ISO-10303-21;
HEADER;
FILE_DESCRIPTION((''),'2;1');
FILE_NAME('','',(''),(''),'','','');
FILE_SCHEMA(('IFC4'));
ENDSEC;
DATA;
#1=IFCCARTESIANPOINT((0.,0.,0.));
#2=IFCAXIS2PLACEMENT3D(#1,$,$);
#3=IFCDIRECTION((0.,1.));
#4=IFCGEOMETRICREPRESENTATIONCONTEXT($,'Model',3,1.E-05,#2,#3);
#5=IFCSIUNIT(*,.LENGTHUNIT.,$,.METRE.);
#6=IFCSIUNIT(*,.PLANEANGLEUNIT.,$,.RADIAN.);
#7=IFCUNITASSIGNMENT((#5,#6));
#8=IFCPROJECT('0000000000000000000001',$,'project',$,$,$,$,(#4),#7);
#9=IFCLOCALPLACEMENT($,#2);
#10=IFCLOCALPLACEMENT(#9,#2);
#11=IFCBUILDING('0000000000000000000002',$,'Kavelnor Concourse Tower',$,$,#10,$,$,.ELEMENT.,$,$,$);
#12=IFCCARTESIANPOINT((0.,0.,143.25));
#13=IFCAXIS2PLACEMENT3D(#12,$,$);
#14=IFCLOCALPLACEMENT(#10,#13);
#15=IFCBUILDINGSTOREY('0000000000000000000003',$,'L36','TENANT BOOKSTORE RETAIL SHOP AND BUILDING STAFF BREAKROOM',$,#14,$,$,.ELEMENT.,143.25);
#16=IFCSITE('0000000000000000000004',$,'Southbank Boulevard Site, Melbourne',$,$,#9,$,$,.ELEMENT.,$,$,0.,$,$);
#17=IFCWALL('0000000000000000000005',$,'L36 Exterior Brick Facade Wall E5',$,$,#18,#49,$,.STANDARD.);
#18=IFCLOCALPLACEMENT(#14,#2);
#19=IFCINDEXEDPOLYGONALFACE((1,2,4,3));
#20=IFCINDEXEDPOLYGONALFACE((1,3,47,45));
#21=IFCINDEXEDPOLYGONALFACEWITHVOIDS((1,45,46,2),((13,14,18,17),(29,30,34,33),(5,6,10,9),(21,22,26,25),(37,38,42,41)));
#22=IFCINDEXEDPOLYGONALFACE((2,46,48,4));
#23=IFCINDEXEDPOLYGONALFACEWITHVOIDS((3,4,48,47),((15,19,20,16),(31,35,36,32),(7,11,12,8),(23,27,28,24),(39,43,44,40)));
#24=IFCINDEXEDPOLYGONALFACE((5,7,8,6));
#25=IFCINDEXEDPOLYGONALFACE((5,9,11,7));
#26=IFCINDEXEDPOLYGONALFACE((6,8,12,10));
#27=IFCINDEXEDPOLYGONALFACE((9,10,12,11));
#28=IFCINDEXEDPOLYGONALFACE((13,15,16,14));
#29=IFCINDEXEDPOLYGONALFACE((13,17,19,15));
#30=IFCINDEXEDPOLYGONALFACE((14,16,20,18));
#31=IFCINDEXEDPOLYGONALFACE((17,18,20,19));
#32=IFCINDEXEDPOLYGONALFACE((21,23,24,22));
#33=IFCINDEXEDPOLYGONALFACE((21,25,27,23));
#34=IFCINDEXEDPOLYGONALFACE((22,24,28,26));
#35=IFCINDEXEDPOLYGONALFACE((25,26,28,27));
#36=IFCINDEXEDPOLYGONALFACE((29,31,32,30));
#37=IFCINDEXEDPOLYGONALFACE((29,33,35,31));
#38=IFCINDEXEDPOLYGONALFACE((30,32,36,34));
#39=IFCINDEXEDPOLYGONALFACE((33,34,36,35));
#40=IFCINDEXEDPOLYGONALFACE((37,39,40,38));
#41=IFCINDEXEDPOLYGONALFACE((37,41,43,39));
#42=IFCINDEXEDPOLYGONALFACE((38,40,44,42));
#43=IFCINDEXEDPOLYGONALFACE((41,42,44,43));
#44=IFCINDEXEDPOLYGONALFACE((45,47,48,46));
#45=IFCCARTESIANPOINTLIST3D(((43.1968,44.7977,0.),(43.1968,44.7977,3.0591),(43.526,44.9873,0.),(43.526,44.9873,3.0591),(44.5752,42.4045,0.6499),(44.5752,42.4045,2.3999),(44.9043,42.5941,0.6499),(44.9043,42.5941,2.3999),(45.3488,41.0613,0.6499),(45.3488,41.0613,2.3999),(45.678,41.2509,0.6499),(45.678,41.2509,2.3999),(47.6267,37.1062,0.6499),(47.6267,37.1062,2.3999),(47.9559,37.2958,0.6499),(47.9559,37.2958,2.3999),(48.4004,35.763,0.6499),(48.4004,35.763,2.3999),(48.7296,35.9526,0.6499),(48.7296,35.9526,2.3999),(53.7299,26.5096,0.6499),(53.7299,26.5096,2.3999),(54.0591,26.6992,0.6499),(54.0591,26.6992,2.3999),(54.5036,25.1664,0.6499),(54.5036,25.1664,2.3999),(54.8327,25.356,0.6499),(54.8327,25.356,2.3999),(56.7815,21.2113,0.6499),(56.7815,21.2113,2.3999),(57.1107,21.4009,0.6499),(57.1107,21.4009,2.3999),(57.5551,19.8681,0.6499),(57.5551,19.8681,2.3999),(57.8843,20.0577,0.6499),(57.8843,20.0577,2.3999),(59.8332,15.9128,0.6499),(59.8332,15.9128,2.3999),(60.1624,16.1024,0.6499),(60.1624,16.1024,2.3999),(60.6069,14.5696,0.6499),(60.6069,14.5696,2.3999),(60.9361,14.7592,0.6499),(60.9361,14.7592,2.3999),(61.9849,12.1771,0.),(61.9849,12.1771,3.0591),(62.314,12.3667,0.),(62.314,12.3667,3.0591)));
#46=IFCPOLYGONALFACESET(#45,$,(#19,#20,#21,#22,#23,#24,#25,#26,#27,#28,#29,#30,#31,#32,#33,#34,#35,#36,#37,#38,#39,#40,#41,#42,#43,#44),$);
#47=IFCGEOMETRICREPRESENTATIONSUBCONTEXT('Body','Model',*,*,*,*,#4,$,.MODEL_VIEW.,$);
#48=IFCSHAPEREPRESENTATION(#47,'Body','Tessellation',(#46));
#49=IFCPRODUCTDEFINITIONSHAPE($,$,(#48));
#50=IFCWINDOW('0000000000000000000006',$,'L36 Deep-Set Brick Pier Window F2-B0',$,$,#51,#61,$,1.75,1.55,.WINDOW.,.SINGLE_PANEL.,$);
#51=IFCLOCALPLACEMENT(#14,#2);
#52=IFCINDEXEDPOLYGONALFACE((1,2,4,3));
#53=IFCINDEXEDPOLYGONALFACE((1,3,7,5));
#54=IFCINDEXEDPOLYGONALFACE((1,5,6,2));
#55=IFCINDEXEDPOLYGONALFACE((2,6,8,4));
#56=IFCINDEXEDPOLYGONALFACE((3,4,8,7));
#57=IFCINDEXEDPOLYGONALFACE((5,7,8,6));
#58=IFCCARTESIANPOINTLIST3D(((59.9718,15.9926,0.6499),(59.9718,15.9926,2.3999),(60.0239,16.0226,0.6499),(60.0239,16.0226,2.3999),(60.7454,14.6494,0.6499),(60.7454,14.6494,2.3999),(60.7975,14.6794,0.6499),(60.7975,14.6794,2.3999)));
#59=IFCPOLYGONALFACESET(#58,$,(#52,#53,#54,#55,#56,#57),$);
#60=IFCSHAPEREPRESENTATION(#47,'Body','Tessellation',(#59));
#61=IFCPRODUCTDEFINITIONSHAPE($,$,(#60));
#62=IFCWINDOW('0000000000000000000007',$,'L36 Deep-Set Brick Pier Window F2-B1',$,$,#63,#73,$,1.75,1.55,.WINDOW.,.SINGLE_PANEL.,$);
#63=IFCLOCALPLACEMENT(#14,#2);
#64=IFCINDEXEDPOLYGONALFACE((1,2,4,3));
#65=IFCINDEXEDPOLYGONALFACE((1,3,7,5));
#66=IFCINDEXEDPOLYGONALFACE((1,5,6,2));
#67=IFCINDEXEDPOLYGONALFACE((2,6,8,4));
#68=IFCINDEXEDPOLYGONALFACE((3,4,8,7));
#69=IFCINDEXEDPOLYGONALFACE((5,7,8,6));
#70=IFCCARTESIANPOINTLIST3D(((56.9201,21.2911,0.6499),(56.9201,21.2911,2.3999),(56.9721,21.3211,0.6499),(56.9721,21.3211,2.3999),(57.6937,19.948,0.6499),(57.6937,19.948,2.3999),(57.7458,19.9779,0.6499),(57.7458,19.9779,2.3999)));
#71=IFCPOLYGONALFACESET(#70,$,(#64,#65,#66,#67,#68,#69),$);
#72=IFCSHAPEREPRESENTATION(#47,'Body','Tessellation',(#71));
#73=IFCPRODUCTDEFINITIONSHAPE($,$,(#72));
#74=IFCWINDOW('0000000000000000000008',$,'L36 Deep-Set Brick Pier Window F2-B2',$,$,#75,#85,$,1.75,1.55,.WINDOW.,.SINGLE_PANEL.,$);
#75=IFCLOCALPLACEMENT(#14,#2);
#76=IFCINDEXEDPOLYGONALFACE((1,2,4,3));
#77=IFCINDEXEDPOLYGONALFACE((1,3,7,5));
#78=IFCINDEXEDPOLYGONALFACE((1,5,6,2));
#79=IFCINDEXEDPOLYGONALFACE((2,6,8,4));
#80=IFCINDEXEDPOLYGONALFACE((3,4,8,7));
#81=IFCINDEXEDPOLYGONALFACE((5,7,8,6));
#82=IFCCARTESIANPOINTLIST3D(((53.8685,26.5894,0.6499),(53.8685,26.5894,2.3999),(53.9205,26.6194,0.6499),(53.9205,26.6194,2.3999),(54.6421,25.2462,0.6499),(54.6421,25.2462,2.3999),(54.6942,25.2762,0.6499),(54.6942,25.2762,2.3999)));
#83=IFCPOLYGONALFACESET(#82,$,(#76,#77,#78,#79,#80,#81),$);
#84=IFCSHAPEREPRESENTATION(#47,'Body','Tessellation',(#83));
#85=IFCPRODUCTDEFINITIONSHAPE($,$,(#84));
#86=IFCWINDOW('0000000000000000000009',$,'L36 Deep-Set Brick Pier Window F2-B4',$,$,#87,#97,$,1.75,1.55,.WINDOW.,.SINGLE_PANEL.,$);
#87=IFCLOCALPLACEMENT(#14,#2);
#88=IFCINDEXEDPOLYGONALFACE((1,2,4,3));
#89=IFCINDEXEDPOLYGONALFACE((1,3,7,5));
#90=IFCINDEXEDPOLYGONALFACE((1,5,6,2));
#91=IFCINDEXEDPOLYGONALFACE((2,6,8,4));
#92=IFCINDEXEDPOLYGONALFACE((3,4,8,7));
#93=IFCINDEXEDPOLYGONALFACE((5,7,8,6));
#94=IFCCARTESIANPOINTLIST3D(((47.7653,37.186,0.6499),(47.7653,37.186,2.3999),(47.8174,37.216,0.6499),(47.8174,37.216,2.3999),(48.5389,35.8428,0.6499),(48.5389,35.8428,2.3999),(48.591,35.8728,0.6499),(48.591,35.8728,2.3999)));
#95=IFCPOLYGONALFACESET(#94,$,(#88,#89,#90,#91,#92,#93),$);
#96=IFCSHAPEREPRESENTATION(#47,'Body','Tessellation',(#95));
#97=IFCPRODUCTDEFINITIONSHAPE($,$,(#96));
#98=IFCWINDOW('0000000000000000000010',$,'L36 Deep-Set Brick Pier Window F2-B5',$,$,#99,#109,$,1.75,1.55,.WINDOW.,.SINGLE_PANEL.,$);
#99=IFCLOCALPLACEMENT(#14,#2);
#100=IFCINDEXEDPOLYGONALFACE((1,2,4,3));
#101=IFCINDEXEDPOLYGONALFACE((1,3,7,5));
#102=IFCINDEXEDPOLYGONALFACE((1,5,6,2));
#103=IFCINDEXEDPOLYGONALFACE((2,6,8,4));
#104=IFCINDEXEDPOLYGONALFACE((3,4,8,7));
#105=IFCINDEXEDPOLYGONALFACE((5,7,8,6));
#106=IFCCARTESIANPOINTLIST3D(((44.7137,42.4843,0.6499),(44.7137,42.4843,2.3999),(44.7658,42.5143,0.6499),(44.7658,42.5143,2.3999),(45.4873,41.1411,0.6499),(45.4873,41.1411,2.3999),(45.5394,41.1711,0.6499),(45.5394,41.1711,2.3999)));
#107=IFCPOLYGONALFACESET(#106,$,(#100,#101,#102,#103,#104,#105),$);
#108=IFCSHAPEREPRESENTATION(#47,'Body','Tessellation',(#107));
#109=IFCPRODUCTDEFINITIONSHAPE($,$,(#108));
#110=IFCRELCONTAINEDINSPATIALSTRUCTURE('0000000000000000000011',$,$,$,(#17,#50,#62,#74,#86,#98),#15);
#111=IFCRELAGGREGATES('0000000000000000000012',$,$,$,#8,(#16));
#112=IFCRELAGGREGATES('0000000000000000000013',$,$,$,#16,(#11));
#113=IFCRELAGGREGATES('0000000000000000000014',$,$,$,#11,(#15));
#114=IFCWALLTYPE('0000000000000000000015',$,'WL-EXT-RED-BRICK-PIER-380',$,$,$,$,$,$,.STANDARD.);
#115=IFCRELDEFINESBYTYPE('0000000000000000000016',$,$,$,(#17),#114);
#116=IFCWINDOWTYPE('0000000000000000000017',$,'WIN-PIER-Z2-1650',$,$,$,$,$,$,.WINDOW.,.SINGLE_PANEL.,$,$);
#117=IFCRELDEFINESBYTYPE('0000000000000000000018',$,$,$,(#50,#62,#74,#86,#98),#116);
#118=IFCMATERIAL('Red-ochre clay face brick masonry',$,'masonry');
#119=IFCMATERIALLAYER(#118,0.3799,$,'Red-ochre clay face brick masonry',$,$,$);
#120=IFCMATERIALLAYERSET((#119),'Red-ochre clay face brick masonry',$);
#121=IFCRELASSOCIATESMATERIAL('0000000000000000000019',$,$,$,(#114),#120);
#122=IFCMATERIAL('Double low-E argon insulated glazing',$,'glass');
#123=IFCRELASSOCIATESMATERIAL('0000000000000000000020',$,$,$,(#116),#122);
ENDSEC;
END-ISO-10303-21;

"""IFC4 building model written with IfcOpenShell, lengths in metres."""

from ifc_helpers import new_model, si_unit, direction, frame, frame_2d, origin, place, context, subcontext, project, spatial, rectangle, extrude, material, layer, layer_set, type_object, element, fill, save


model = new_model("IFC4")

# Units and contexts
model_context = context("Model", 3, precision=1e-05, world=origin(), true_north=direction((0.0, 1.0)))
body_context = subcontext(model_context, "Body", "Model", "MODEL_VIEW")
ifc_project = project(units=[si_unit("LENGTHUNIT", "METRE"), si_unit("PLANEANGLEUNIT", "RADIAN")], contexts=[model_context])

# Site, building, storey
site_placement = place(None, origin())
site = spatial("IfcSite", under=ifc_project, at=site_placement, Name="Southbank Boulevard Site, Melbourne", CompositionType="ELEMENT", RefElevation=0.0)
building_placement = place(site_placement, origin())
building = spatial("IfcBuilding", under=site, at=building_placement, Name="Kavelnor Concourse Tower", CompositionType="ELEMENT")
storey_placement = place(building_placement, frame((0.0, 0.0, 143.25)))
storey = spatial("IfcBuildingStorey", under=building, at=storey_placement, Name="L36", Description="TENANT BOOKSTORE RETAIL SHOP AND BUILDING STAFF BREAKROOM", CompositionType="ELEMENT", Elevation=143.25)

# Wall, openings, windows
ifc_material_1 = material(Name="Red-ochre clay face brick masonry", Category="masonry")
ifc_layer_1 = layer(ifc_material_1, 0.3799, Name="Red-ochre clay face brick masonry")
ifc_layer_set_1 = layer_set([ifc_layer_1], Name="Red-ochre clay face brick masonry")
wall_type = type_object("IfcWallType", Name="WL-EXT-RED-BRICK-PIER-380", PredefinedType="STANDARD", material=ifc_layer_set_1)
wall_placement = place(storey_placement, frame((43.3613, 44.8926, 0.0), z_axis=(0.0, 0.0, 1.0), x_axis=(0.499095, -0.866547, 0.0)))
wall = element("IfcWall", 1, at=wall_placement, inside=storey, type_object=wall_type, Name="L36 Exterior Brick Facade Wall E5", PredefinedType="STANDARD", context=body_context, shape_type="SweptSolid", body=[
    extrude(rectangle(XDim=37.6443, YDim=0.3799, at=frame_2d((18.8223, 0.0))), origin(), (0.0, 0.0, 1.0), 3.0591),
])
opening_1_placement = place(wall_placement, frame((33.3335, 0.0, 0.6499)))
opening_1 = element("IfcOpeningElement", 2, at=opening_1_placement, cuts=wall, PredefinedType="OPENING", context=body_context, shape_type="SweptSolid", body=[
    extrude(rectangle(XDim=1.55, YDim=1.75, at=frame_2d((0.7749, 0.875))), frame((0.0, 0.2, 0.0), z_axis=(0.0, -1.0, 0.0), x_axis=(1.0, 0.0, 0.0)), (0.0, 0.0, 1.0), 0.3999),
])
opening_2_placement = place(wall_placement, frame((27.219, 0.0, 0.6499)))
opening_2 = element("IfcOpeningElement", 3, at=opening_2_placement, cuts=wall, PredefinedType="OPENING", context=body_context, shape_type="SweptSolid", body=[
    extrude(rectangle(XDim=1.55, YDim=1.75, at=frame_2d((0.7749, 0.875))), frame((0.0, 0.2, 0.0), z_axis=(0.0, -1.0, 0.0), x_axis=(1.0, 0.0, 0.0)), (0.0, 0.0, 1.0), 0.3999),
])
opening_3_placement = place(wall_placement, frame((21.1047, 0.0, 0.6499)))
opening_3 = element("IfcOpeningElement", 4, at=opening_3_placement, cuts=wall, PredefinedType="OPENING", context=body_context, shape_type="SweptSolid", body=[
    extrude(rectangle(XDim=1.55, YDim=1.75, at=frame_2d((0.7749, 0.875))), frame((0.0, 0.2, 0.0), z_axis=(0.0, -1.0, 0.0), x_axis=(1.0, 0.0, 0.0)), (0.0, 0.0, 1.0), 0.3999),
])
opening_4_placement = place(wall_placement, frame((8.8762, 0.0, 0.6499)))
opening_4 = element("IfcOpeningElement", 5, at=opening_4_placement, cuts=wall, PredefinedType="OPENING", context=body_context, shape_type="SweptSolid", body=[
    extrude(rectangle(XDim=1.55, YDim=1.75, at=frame_2d((0.7749, 0.875))), frame((0.0, 0.2, 0.0), z_axis=(0.0, -1.0, 0.0), x_axis=(1.0, 0.0, 0.0)), (0.0, 0.0, 1.0), 0.3999),
])
opening_5_placement = place(wall_placement, frame((2.762, 0.0, 0.6499)))
opening_5 = element("IfcOpeningElement", 6, at=opening_5_placement, cuts=wall, PredefinedType="OPENING", context=body_context, shape_type="SweptSolid", body=[
    extrude(rectangle(XDim=1.55, YDim=1.75, at=frame_2d((0.7749, 0.875))), frame((0.0, 0.2, 0.0), z_axis=(0.0, -1.0, 0.0), x_axis=(1.0, 0.0, 0.0)), (0.0, 0.0, 1.0), 0.3999),
])
ifc_material_2 = material(Name="Double low-E argon insulated glazing", Category="glass")
window_type = type_object("IfcWindowType", Name="WIN-PIER-Z2-1650", PartitioningType="SINGLE_PANEL", PredefinedType="WINDOW", material=ifc_material_2)
window_1_placement = place(opening_1_placement, origin())
window_1 = element("IfcWindow", 7, at=window_1_placement, inside=storey, type_object=window_type, Name="L36 Deep-Set Brick Pier Window F2-B0", OverallHeight=1.75, OverallWidth=1.55, PartitioningType="SINGLE_PANEL", PredefinedType="WINDOW", context=body_context, shape_type="SweptSolid", body=[
    extrude(rectangle(XDim=1.55, YDim=1.75, at=frame_2d((0.7749, 0.875))), frame((0.0, 0.03, 0.0), z_axis=(0.0, -1.0, 0.0), x_axis=(1.0, 0.0, 0.0)), (0.0, 0.0, 1.0), 0.0601),
])
fill(opening_1, window_1)
window_2_placement = place(opening_2_placement, origin())
window_2 = element("IfcWindow", 8, at=window_2_placement, inside=storey, type_object=window_type, Name="L36 Deep-Set Brick Pier Window F2-B1", OverallHeight=1.75, OverallWidth=1.55, PartitioningType="SINGLE_PANEL", PredefinedType="WINDOW", context=body_context, shape_type="SweptSolid", body=[
    extrude(rectangle(XDim=1.55, YDim=1.75, at=frame_2d((0.7749, 0.875))), frame((0.0, 0.03, 0.0), z_axis=(0.0, -1.0, 0.0), x_axis=(1.0, 0.0, 0.0)), (0.0, 0.0, 1.0), 0.0601),
])
fill(opening_2, window_2)
window_3_placement = place(opening_3_placement, origin())
window_3 = element("IfcWindow", 9, at=window_3_placement, inside=storey, type_object=window_type, Name="L36 Deep-Set Brick Pier Window F2-B2", OverallHeight=1.75, OverallWidth=1.55, PartitioningType="SINGLE_PANEL", PredefinedType="WINDOW", context=body_context, shape_type="SweptSolid", body=[
    extrude(rectangle(XDim=1.55, YDim=1.75, at=frame_2d((0.7749, 0.875))), frame((0.0, 0.03, 0.0), z_axis=(0.0, -1.0, 0.0), x_axis=(1.0, 0.0, 0.0)), (0.0, 0.0, 1.0), 0.0601),
])
fill(opening_3, window_3)
window_4_placement = place(opening_4_placement, origin())
window_4 = element("IfcWindow", 10, at=window_4_placement, inside=storey, type_object=window_type, Name="L36 Deep-Set Brick Pier Window F2-B4", OverallHeight=1.75, OverallWidth=1.55, PartitioningType="SINGLE_PANEL", PredefinedType="WINDOW", context=body_context, shape_type="SweptSolid", body=[
    extrude(rectangle(XDim=1.55, YDim=1.75, at=frame_2d((0.7749, 0.875))), frame((0.0, 0.03, 0.0), z_axis=(0.0, -1.0, 0.0), x_axis=(1.0, 0.0, 0.0)), (0.0, 0.0, 1.0), 0.0601),
])
fill(opening_4, window_4)
window_5_placement = place(opening_5_placement, origin())
window_5 = element("IfcWindow", 11, at=window_5_placement, inside=storey, type_object=window_type, Name="L36 Deep-Set Brick Pier Window F2-B5", OverallHeight=1.75, OverallWidth=1.55, PartitioningType="SINGLE_PANEL", PredefinedType="WINDOW", context=body_context, shape_type="SweptSolid", body=[
    extrude(rectangle(XDim=1.55, YDim=1.75, at=frame_2d((0.7749, 0.875))), frame((0.0, 0.03, 0.0), z_axis=(0.0, -1.0, 0.0), x_axis=(1.0, 0.0, 0.0)), (0.0, 0.0, 1.0), 0.0601),
])
fill(opening_5, window_5)

save(model, "model.ifc")
